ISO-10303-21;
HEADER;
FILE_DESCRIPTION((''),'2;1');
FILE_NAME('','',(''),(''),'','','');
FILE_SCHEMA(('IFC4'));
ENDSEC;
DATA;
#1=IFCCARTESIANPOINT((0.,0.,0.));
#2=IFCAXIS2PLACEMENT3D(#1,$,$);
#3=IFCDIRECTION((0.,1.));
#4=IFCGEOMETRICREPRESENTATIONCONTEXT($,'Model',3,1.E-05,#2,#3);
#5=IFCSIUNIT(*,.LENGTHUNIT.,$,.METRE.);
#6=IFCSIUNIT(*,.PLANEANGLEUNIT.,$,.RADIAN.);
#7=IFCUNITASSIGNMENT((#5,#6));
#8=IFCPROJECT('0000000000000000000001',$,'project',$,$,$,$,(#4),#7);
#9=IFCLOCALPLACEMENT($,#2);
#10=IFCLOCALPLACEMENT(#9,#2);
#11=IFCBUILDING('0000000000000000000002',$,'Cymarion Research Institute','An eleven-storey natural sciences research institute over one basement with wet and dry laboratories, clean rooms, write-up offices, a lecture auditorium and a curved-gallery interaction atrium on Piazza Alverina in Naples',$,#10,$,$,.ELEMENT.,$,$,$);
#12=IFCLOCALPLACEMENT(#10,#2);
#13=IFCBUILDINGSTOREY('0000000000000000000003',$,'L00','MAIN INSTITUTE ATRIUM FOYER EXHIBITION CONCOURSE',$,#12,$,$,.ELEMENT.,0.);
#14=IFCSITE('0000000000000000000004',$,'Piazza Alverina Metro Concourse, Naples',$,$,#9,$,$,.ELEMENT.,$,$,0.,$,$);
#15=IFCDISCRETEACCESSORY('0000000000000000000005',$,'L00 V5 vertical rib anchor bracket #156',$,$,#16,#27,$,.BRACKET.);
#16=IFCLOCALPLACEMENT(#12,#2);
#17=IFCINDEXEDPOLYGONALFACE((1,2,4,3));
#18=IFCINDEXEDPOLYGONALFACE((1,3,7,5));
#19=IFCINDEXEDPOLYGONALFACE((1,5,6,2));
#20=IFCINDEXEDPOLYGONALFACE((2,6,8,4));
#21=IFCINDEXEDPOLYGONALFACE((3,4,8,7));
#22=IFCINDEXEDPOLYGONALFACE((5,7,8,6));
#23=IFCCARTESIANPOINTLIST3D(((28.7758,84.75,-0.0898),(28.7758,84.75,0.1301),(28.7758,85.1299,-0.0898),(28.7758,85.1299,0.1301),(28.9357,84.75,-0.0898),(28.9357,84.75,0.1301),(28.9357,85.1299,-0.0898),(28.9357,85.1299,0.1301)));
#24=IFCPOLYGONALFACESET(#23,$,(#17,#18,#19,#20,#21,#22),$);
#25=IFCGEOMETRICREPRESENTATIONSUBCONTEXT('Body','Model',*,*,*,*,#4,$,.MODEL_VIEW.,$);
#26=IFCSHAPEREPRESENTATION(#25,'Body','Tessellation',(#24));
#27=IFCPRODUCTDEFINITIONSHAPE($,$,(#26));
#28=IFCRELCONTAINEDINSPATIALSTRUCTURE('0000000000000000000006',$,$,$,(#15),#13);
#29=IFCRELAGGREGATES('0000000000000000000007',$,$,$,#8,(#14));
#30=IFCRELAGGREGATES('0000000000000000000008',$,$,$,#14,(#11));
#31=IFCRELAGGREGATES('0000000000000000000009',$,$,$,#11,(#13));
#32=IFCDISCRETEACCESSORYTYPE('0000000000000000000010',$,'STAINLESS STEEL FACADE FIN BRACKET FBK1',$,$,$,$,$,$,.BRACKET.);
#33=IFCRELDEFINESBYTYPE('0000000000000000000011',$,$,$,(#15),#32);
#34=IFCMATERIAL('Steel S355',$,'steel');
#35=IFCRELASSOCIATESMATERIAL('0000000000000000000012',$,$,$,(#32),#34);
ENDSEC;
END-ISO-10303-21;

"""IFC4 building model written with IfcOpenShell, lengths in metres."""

from ifc_helpers import new_model, si_unit, direction, frame, origin, origin_2d, place, context, subcontext, project, spatial, rectangle, extrude, material, type_object, element, save


model = new_model("IFC4")

# Units and contexts
model_context = context("Model", 3, precision=1e-05, world=origin(), true_north=direction((0.0, 1.0)))
body_context = subcontext(model_context, "Body", "Model", "MODEL_VIEW")
ifc_project = project(units=[si_unit("LENGTHUNIT", "METRE"), si_unit("PLANEANGLEUNIT", "RADIAN")], contexts=[model_context])

# Site, building, storey
site_placement = place(None, origin())
site = spatial("IfcSite", under=ifc_project, at=site_placement, Name="Piazza Alverina Metro Concourse, Naples", CompositionType="ELEMENT", RefElevation=0.0)
building_placement = place(site_placement, origin())
building = spatial("IfcBuilding", under=site, at=building_placement, Name="Cymarion Research Institute", Description="An eleven-storey natural sciences research institute over one basement with wet and dry laboratories, clean rooms, write-up offices, a lecture auditorium and a curved-gallery interaction atrium on Piazza Alverina in Naples", CompositionType="ELEMENT")
storey_placement = place(building_placement, origin())
storey = spatial("IfcBuildingStorey", under=building, at=storey_placement, Name="L00", Description="MAIN INSTITUTE ATRIUM FOYER EXHIBITION CONCOURSE", CompositionType="ELEMENT", Elevation=0.0)

# Shared definitions
ifc_material_1 = material(Name="Steel S355", Category="steel")

# Discrete accessory
discrete_accessory_type = type_object("IfcDiscreteAccessoryType", Name="STAINLESS STEEL FACADE FIN BRACKET FBK1", PredefinedType="BRACKET", material=ifc_material_1)
for number, where, z_axis, x_axis, name in (
    (1, (28.8557, 84.9399, -0.0898), (0.0, 0.0, 1.0), (0.0, -1.0, 0.0), "L00 V5 vertical rib anchor bracket #156"),
):
    element("IfcDiscreteAccessory", number, at=place(storey_placement, frame(where, z_axis=z_axis, x_axis=x_axis)), inside=storey, type_object=discrete_accessory_type, Name=name, PredefinedType="BRACKET", context=body_context, shape_type="SweptSolid", body=[
        extrude(rectangle(XDim=0.3799, YDim=0.1599, at=origin_2d()), origin(), (0.0, 0.0, 1.0), 0.22),
    ])

save(model, "model.ifc")
